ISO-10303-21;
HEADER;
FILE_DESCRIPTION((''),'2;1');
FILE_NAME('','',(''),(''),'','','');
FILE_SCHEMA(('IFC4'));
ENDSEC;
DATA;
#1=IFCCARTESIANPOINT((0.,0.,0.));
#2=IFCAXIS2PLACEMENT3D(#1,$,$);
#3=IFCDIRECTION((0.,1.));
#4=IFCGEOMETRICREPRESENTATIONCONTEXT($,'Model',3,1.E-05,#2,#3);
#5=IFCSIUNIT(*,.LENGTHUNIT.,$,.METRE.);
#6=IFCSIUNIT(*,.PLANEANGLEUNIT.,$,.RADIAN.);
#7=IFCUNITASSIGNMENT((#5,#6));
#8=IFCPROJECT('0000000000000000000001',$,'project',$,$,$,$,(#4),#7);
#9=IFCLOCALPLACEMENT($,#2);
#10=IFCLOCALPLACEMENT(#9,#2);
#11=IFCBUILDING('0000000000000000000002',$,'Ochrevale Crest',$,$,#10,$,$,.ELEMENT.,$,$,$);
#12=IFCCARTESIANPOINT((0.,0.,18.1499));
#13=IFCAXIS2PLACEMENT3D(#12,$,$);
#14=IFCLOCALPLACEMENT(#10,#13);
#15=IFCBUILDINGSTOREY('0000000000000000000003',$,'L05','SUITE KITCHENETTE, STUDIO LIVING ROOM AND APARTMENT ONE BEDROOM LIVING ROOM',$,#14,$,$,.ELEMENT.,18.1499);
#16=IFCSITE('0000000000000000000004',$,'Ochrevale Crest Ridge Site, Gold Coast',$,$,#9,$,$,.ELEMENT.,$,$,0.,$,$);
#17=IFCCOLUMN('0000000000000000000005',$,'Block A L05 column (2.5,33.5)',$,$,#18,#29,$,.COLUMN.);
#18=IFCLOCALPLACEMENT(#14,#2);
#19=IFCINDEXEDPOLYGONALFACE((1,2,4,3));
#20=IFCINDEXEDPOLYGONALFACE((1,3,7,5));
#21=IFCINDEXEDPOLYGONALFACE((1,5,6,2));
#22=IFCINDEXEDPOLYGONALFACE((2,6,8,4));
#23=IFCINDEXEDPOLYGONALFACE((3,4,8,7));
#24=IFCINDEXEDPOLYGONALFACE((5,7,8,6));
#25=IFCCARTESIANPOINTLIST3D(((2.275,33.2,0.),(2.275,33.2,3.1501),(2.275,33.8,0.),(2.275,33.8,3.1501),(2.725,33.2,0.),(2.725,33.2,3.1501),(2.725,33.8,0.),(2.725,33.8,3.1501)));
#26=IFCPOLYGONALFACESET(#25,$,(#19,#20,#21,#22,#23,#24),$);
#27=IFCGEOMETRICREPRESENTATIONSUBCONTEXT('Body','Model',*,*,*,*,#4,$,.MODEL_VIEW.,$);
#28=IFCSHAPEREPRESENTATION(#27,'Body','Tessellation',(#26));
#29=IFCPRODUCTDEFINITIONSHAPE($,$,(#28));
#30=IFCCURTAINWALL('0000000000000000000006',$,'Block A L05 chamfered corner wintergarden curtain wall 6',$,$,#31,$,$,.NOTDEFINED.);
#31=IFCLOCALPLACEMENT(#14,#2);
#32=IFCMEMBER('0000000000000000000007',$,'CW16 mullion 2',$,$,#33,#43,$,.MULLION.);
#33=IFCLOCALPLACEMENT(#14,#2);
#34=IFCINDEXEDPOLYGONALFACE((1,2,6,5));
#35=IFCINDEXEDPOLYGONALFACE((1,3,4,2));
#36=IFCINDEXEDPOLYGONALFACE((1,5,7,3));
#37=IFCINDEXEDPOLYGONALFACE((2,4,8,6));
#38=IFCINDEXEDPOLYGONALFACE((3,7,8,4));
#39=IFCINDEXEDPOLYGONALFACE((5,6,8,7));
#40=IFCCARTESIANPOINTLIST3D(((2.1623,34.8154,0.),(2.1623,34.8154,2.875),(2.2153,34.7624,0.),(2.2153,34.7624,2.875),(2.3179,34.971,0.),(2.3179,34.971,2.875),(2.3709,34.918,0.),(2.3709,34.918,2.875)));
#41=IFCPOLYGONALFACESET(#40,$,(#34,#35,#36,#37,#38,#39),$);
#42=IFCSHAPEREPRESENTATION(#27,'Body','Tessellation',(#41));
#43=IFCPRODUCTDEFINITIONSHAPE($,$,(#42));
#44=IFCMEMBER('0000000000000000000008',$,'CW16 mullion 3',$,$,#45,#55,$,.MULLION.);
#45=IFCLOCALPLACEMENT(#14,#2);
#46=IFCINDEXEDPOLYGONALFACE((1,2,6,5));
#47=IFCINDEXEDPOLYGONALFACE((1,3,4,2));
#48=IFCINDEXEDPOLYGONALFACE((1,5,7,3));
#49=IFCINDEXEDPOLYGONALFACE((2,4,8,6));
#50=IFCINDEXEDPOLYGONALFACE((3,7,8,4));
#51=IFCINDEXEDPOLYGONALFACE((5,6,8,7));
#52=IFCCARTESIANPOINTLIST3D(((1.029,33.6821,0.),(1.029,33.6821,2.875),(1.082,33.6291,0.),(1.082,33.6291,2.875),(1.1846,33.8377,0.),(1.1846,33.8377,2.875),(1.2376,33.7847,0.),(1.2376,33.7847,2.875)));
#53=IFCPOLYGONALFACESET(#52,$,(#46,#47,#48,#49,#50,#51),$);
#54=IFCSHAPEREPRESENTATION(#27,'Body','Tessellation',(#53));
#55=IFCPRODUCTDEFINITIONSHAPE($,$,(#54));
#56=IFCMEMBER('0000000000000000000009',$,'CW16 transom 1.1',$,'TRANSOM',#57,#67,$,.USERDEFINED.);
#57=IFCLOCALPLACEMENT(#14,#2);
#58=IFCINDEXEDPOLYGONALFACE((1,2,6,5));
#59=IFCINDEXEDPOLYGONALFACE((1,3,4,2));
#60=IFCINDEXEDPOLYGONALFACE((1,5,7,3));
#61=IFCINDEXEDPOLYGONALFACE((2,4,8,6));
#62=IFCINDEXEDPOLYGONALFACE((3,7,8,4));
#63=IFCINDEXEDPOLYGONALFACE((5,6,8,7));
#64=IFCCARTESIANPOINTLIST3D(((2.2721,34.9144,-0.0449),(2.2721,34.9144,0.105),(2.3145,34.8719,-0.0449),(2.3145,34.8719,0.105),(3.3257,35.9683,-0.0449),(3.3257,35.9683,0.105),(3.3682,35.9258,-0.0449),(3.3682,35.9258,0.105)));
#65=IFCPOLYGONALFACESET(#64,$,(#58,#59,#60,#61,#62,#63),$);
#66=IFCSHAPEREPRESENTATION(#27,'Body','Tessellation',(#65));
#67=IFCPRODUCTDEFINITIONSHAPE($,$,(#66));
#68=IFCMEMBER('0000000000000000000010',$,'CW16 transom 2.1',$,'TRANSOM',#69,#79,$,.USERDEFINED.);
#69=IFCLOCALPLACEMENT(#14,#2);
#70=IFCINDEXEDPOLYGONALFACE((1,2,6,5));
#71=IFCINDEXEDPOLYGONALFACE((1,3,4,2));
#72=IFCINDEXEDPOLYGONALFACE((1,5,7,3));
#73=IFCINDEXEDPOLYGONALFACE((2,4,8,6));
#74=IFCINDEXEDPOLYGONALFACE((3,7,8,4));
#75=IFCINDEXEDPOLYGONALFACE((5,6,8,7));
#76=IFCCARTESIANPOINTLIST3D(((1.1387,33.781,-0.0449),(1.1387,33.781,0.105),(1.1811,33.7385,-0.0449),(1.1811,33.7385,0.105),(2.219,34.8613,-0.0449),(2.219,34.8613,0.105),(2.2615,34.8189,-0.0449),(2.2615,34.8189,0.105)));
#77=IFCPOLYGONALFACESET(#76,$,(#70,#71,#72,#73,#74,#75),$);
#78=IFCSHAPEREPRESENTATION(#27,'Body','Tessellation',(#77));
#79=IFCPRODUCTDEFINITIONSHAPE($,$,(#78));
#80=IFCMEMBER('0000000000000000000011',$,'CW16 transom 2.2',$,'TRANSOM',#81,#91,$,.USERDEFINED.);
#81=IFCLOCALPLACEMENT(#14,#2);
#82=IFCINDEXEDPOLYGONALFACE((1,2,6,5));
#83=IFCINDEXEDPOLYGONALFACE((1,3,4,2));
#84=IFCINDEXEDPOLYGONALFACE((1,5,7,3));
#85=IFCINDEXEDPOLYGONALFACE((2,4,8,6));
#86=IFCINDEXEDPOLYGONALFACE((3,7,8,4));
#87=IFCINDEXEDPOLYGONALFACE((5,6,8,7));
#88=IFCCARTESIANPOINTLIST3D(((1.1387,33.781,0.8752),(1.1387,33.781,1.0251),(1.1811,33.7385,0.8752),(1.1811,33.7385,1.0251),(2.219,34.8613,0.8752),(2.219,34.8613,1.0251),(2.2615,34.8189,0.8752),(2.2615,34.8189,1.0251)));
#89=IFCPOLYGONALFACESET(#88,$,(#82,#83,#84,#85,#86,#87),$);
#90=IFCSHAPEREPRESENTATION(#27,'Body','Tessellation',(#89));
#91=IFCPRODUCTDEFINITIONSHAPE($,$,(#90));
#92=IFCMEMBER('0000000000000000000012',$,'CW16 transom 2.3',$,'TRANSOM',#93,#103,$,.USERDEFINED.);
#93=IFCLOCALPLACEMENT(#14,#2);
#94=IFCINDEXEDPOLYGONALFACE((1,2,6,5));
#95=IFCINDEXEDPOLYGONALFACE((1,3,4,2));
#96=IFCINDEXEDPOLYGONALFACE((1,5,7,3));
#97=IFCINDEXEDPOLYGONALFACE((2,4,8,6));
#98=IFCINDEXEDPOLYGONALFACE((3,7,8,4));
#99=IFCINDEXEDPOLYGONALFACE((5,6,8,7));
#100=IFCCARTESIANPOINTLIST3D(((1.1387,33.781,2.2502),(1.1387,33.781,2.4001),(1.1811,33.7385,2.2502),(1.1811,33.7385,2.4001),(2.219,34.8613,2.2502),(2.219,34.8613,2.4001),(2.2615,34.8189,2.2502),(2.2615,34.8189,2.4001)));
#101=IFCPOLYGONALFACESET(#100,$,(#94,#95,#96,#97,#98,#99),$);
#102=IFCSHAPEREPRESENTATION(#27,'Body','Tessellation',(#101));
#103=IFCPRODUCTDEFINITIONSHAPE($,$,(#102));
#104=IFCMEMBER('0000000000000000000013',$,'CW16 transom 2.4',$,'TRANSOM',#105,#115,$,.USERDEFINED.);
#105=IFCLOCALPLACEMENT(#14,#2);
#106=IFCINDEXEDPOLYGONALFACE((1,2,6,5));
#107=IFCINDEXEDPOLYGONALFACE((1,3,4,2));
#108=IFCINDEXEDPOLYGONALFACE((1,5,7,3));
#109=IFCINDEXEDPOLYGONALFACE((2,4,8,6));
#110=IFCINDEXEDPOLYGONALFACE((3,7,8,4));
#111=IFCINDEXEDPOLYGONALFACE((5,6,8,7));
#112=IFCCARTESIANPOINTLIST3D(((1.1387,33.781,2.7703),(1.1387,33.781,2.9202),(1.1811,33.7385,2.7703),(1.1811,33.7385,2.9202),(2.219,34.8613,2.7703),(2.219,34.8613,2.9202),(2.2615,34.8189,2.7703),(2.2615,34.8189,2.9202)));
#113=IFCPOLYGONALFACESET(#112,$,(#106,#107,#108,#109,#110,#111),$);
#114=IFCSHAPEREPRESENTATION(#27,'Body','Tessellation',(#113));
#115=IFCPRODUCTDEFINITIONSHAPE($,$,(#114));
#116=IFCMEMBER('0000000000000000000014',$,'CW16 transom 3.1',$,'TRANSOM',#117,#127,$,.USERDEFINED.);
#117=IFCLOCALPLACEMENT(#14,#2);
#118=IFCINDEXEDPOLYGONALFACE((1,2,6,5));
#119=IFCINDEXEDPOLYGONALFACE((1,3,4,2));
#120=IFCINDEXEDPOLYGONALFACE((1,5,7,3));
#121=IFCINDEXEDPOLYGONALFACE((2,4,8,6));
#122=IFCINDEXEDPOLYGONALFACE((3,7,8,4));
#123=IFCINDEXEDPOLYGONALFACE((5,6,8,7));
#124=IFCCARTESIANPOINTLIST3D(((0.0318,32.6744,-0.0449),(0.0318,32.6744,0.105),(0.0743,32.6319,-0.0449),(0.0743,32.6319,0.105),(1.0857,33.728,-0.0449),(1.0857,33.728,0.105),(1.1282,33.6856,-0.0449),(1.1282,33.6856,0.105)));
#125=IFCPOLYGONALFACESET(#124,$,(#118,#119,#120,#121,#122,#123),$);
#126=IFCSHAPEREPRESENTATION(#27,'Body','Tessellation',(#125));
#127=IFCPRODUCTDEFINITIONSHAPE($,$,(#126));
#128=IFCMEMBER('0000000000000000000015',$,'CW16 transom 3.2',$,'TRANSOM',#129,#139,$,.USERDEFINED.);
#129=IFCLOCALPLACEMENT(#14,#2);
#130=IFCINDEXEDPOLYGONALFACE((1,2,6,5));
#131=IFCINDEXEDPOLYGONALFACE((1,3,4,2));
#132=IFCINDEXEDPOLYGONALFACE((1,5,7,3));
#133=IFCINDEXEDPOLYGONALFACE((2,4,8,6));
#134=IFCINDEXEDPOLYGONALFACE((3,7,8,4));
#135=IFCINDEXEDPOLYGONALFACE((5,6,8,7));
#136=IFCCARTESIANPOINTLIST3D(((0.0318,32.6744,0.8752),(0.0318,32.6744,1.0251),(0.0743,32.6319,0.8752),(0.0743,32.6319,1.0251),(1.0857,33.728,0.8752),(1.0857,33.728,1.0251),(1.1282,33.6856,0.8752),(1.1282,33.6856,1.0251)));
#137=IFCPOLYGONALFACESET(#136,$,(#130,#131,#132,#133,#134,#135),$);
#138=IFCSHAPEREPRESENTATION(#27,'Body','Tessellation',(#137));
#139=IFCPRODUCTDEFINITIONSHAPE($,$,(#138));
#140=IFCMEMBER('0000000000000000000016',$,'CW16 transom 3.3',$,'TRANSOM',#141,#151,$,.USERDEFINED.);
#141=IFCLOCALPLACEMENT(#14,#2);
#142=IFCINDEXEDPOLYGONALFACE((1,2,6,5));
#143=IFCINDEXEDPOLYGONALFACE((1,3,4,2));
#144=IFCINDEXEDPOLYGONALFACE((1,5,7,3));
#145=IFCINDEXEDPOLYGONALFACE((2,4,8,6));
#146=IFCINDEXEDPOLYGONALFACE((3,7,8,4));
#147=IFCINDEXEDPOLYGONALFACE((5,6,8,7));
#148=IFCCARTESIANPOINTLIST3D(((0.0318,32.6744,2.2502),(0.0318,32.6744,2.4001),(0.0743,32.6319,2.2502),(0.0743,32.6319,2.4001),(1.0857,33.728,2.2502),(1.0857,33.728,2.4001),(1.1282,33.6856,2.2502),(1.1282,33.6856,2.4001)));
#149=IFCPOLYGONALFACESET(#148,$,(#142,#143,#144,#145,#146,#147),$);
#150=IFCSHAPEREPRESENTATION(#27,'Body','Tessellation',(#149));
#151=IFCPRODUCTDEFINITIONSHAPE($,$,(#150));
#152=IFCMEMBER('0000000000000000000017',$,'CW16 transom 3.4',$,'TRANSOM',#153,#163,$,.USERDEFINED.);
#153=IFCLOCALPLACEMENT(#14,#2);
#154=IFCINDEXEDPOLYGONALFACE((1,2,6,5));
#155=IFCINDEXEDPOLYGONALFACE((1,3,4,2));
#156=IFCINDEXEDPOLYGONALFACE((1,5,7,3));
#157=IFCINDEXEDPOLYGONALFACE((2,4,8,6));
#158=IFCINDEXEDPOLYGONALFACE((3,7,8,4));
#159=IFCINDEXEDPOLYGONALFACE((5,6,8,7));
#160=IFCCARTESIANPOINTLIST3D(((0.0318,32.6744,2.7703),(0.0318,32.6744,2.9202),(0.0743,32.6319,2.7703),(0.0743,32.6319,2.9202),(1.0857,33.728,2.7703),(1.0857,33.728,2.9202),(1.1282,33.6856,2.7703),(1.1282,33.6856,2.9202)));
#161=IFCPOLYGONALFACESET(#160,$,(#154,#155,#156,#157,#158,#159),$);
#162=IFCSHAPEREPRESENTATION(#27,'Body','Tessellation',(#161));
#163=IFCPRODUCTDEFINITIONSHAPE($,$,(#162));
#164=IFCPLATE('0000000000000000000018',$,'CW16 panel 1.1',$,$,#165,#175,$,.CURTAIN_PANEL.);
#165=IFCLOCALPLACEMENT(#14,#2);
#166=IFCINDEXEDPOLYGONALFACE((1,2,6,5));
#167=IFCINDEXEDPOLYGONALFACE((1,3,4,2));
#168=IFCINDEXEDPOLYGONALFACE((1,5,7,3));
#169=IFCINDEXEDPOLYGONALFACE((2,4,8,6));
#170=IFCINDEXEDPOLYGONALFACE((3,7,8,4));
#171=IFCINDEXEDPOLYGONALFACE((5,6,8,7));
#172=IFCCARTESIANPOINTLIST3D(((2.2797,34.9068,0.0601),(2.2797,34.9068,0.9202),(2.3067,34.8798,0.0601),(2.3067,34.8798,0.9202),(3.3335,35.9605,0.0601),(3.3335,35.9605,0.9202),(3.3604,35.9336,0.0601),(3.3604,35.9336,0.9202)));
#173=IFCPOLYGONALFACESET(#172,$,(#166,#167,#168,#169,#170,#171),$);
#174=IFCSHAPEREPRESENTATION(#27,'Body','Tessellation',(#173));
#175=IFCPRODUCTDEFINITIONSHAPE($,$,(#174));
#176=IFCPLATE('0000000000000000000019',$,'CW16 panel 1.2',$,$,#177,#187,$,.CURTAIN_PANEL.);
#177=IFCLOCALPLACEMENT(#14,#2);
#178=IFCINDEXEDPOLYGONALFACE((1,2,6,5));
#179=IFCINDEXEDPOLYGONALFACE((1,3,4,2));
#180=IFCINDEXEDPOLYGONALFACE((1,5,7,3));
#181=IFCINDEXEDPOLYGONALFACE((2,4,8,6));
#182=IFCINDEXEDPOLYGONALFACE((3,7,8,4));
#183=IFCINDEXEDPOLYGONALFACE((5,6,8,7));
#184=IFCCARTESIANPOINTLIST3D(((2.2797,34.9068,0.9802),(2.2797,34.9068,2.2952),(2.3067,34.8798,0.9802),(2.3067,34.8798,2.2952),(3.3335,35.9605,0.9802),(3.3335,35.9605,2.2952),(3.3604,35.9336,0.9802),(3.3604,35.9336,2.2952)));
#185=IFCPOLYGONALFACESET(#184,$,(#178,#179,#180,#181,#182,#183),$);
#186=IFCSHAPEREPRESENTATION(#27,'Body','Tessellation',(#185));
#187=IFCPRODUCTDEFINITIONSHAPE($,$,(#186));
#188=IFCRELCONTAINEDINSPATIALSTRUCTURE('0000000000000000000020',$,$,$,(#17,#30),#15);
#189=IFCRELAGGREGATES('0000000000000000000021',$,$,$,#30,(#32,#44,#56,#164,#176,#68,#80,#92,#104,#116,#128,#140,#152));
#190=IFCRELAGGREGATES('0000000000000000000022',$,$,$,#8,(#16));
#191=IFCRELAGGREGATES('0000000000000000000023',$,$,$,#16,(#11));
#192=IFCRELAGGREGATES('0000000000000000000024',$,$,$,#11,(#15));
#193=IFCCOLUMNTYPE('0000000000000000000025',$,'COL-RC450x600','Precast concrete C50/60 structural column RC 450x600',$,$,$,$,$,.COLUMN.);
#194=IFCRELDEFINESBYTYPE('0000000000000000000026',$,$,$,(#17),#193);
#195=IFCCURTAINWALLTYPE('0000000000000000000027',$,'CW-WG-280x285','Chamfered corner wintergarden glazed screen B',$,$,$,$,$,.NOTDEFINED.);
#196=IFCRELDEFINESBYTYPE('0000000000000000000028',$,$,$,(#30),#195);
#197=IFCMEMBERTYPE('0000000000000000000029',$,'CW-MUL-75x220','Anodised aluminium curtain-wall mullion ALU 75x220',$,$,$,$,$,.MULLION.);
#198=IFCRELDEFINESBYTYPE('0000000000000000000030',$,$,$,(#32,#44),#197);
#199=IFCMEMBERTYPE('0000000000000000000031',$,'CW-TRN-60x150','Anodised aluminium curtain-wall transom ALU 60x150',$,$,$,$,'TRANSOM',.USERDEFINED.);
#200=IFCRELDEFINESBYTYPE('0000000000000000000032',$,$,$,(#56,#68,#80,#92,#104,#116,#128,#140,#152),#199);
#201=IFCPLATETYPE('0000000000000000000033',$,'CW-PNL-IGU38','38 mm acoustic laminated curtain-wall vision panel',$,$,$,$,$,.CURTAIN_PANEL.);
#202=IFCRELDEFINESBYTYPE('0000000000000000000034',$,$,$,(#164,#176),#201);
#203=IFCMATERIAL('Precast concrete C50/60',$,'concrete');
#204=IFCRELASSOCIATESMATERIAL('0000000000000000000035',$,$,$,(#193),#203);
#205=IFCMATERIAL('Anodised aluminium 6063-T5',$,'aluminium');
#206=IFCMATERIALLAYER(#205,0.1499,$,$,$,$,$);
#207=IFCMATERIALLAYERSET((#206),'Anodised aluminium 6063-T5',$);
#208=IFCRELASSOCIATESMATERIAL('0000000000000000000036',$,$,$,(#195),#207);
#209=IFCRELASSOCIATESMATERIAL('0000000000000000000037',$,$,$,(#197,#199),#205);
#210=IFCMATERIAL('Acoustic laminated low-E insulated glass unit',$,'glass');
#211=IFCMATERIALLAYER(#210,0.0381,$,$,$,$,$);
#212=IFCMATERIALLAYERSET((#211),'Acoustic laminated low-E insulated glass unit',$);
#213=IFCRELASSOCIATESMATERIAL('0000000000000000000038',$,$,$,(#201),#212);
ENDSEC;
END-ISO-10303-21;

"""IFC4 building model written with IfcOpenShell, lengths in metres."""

from ifc_helpers import new_model, si_unit, direction, frame, origin, origin_2d, place, context, subcontext, project, spatial, rectangle, extrude, material, layer, layer_set, material_profile, profile_set, type_object, element, aggregate, save


model = new_model("IFC4")

# Units and contexts
model_context = context("Model", 3, precision=1e-05, world=origin(), true_north=direction((0.0, 1.0)))
body_context = subcontext(model_context, "Body", "Model", "MODEL_VIEW")
ifc_project = project(units=[si_unit("LENGTHUNIT", "METRE"), si_unit("PLANEANGLEUNIT", "RADIAN")], contexts=[model_context])

# Site, building, storey
site_placement = place(None, origin())
site = spatial("IfcSite", under=ifc_project, at=site_placement, Name="Ochrevale Crest Ridge Site, Gold Coast", CompositionType="ELEMENT", RefElevation=0.0)
building_placement = place(site_placement, origin())
building = spatial("IfcBuilding", under=site, at=building_placement, Name="Ochrevale Crest", CompositionType="ELEMENT")
storey_placement = place(building_placement, frame((0.0, 0.0, 18.1499)))
storey = spatial("IfcBuildingStorey", under=building, at=storey_placement, Name="L05", Description="SUITE KITCHENETTE, STUDIO LIVING ROOM AND APARTMENT ONE BEDROOM LIVING ROOM", CompositionType="ELEMENT", Elevation=18.1499)

# Column
ifc_material_1 = material(Name="Precast concrete C50/60", Category="concrete")
ifc_material_profile_1 = material_profile(ifc_material_1, rectangle(XDim=0.45, YDim=0.6001, at=origin_2d()), Name="RC 450x600")
ifc_profile_set_1 = profile_set([ifc_material_profile_1], Name="Precast concrete C50/60")
column_type = type_object("IfcColumnType", Name="COL-RC450x600", Description="Precast concrete C50/60 structural column RC 450x600", PredefinedType="COLUMN", material=ifc_profile_set_1)
column_placement = place(storey_placement, frame((2.5, 33.5, 0.0), z_axis=(0.0, 0.0, 1.0), x_axis=(1.0, 0.0, 0.0)))
element("IfcColumn", 1, at=column_placement, inside=storey, type_object=column_type, Name="Block A L05 column (2.5,33.5)", PredefinedType="COLUMN", context=body_context, shape_type="SweptSolid", body=[
    extrude(rectangle(XDim=0.45, YDim=0.6001, at=origin_2d()), origin(), (0.0, 0.0, 1.0), 3.1501),
])

# Curtain wall, members, plates
ifc_material_2 = material(Name="Anodised aluminium 6063-T5", Category="aluminium")
ifc_layer_1 = layer(ifc_material_2, 0.1499)
ifc_layer_set_1 = layer_set([ifc_layer_1], Name="Anodised aluminium 6063-T5")
curtain_wall_type = type_object("IfcCurtainWallType", Name="CW-WG-280x285", Description="Chamfered corner wintergarden glazed screen B", PredefinedType="NOTDEFINED", material=ifc_layer_set_1)
curtain_wall_placement = place(storey_placement, origin())
curtain_wall = element("IfcCurtainWall", 2, at=curtain_wall_placement, inside=storey, type_object=curtain_wall_type, Name="Block A L05 chamfered corner wintergarden curtain wall 6", PredefinedType="NOTDEFINED")
ifc_material_profile_2 = material_profile(ifc_material_2, rectangle(XDim=0.075, YDim=0.22, at=origin_2d()), Name="ALU 75x220")
ifc_profile_set_2 = profile_set([ifc_material_profile_2], Name="Anodised aluminium 6063-T5")
member_type_1 = type_object("IfcMemberType", Name="CW-MUL-75x220", Description="Anodised aluminium curtain-wall mullion ALU 75x220", PredefinedType="MULLION", material=ifc_profile_set_2)
member_1_placement = place(storey_placement, frame((2.2666, 34.8667, 0.0), z_axis=(0.0, 0.0, 1.0), x_axis=(0.707107, -0.707107, 0.0)))
member_1 = element("IfcMember", 3, at=member_1_placement, type_object=member_type_1, Name="CW16 mullion 2", PredefinedType="MULLION", context=body_context, shape_type="SweptSolid", body=[
    extrude(rectangle(XDim=0.075, YDim=0.22, at=origin_2d()), origin(), (0.0, 0.0, 1.0), 2.875),
])
member_2_placement = place(storey_placement, frame((1.1333, 33.7334, 0.0), z_axis=(0.0, 0.0, 1.0), x_axis=(0.707107, -0.707107, 0.0)))
member_2 = element("IfcMember", 4, at=member_2_placement, type_object=member_type_1, Name="CW16 mullion 3", PredefinedType="MULLION", context=body_context, shape_type="SweptSolid", body=[
    extrude(rectangle(XDim=0.075, YDim=0.22, at=origin_2d()), origin(), (0.0, 0.0, 1.0), 2.875),
])
ifc_material_profile_3 = material_profile(ifc_material_2, rectangle(XDim=0.0601, YDim=0.1499, at=origin_2d()), Name="ALU 60x150")
ifc_profile_set_3 = profile_set([ifc_material_profile_3], Name="Anodised aluminium 6063-T5")
member_type_2 = type_object("IfcMemberType", Name="CW-TRN-60x150", Description="Anodised aluminium curtain-wall transom ALU 60x150", ElementType="TRANSOM", PredefinedType="USERDEFINED", material=ifc_profile_set_3)
member_3_placement = place(storey_placement, frame((3.3469, 35.947, 0.03), z_axis=(-0.707025, -0.707189, 0.0), x_axis=(0.707189, -0.707025, 0.0)))
member_3 = element("IfcMember", 5, at=member_3_placement, type_object=member_type_2, Name="CW16 transom 1.1", ObjectType="TRANSOM", PredefinedType="USERDEFINED", context=body_context, shape_type="SweptSolid", body=[
    extrude(rectangle(XDim=0.0601, YDim=0.1499, at=origin_2d()), origin(), (0.0, 0.0, 1.0), 1.4902),
])
member_4_placement = place(storey_placement, frame((2.2402, 34.8401, 0.03), z_axis=(-0.707107, -0.707107, 0.0), x_axis=(0.707107, -0.707107, 0.0)))
member_4 = element("IfcMember", 6, at=member_4_placement, type_object=member_type_2, Name="CW16 transom 2.1", ObjectType="TRANSOM", PredefinedType="USERDEFINED", context=body_context, shape_type="SweptSolid", body=[
    extrude(rectangle(XDim=0.0601, YDim=0.1499, at=origin_2d()), origin(), (0.0, 0.0, 1.0), 1.5278),
])
member_5_placement = place(storey_placement, frame((2.2402, 34.8401, 0.9502), z_axis=(-0.707107, -0.707107, 0.0), x_axis=(0.707107, -0.707107, 0.0)))
member_5 = element("IfcMember", 7, at=member_5_placement, type_object=member_type_2, Name="CW16 transom 2.2", ObjectType="TRANSOM", PredefinedType="USERDEFINED", context=body_context, shape_type="SweptSolid", body=[
    extrude(rectangle(XDim=0.0601, YDim=0.1499, at=origin_2d()), origin(), (0.0, 0.0, 1.0), 1.5278),
])
member_6_placement = place(storey_placement, frame((2.2402, 34.8401, 2.3252), z_axis=(-0.707107, -0.707107, 0.0), x_axis=(0.707107, -0.707107, 0.0)))
member_6 = element("IfcMember", 8, at=member_6_placement, type_object=member_type_2, Name="CW16 transom 2.3", ObjectType="TRANSOM", PredefinedType="USERDEFINED", context=body_context, shape_type="SweptSolid", body=[
    extrude(rectangle(XDim=0.0601, YDim=0.1499, at=origin_2d()), origin(), (0.0, 0.0, 1.0), 1.5278),
])
member_7_placement = place(storey_placement, frame((2.2402, 34.8401, 2.8452), z_axis=(-0.707107, -0.707107, 0.0), x_axis=(0.707107, -0.707107, 0.0)))
member_7 = element("IfcMember", 9, at=member_7_placement, type_object=member_type_2, Name="CW16 transom 2.4", ObjectType="TRANSOM", PredefinedType="USERDEFINED", context=body_context, shape_type="SweptSolid", body=[
    extrude(rectangle(XDim=0.0601, YDim=0.1499, at=origin_2d()), origin(), (0.0, 0.0, 1.0), 1.5278),
])
member_8_placement = place(storey_placement, frame((1.1069, 33.7068, 0.03), z_axis=(-0.707189, -0.707025, 0.0), x_axis=(0.707025, -0.707189, 0.0)))
member_8 = element("IfcMember", 10, at=member_8_placement, type_object=member_type_2, Name="CW16 transom 3.1", ObjectType="TRANSOM", PredefinedType="USERDEFINED", context=body_context, shape_type="SweptSolid", body=[
    extrude(rectangle(XDim=0.0601, YDim=0.1499, at=origin_2d()), origin(), (0.0, 0.0, 1.0), 1.4902),
])
member_9_placement = place(storey_placement, frame((1.1069, 33.7068, 0.9502), z_axis=(-0.707189, -0.707025, 0.0), x_axis=(0.707025, -0.707189, 0.0)))
member_9 = element("IfcMember", 11, at=member_9_placement, type_object=member_type_2, Name="CW16 transom 3.2", ObjectType="TRANSOM", PredefinedType="USERDEFINED", context=body_context, shape_type="SweptSolid", body=[
    extrude(rectangle(XDim=0.0601, YDim=0.1499, at=origin_2d()), origin(), (0.0, 0.0, 1.0), 1.4902),
])
member_10_placement = place(storey_placement, frame((1.1069, 33.7068, 2.3252), z_axis=(-0.707189, -0.707025, 0.0), x_axis=(0.707025, -0.707189, 0.0)))
member_10 = element("IfcMember", 12, at=member_10_placement, type_object=member_type_2, Name="CW16 transom 3.3", ObjectType="TRANSOM", PredefinedType="USERDEFINED", context=body_context, shape_type="SweptSolid", body=[
    extrude(rectangle(XDim=0.0601, YDim=0.1499, at=origin_2d()), origin(), (0.0, 0.0, 1.0), 1.4902),
])
member_11_placement = place(storey_placement, frame((1.1069, 33.7068, 2.8452), z_axis=(-0.707189, -0.707025, 0.0), x_axis=(0.707025, -0.707189, 0.0)))
member_11 = element("IfcMember", 13, at=member_11_placement, type_object=member_type_2, Name="CW16 transom 3.4", ObjectType="TRANSOM", PredefinedType="USERDEFINED", context=body_context, shape_type="SweptSolid", body=[
    extrude(rectangle(XDim=0.0601, YDim=0.1499, at=origin_2d()), origin(), (0.0, 0.0, 1.0), 1.4902),
])
ifc_material_3 = material(Name="Acoustic laminated low-E insulated glass unit", Category="glass")
ifc_layer_2 = layer(ifc_material_3, 0.0381)
ifc_layer_set_2 = layer_set([ifc_layer_2], Name="Acoustic laminated low-E insulated glass unit")
plate_type = type_object("IfcPlateType", Name="CW-PNL-IGU38", Description="38 mm acoustic laminated curtain-wall vision panel", PredefinedType="CURTAIN_PANEL", material=ifc_layer_set_2)
plate_1_placement = place(storey_placement, frame((2.8201, 35.4202, 0.0601), z_axis=(0.0, 0.0, 1.0), x_axis=(-0.707107, -0.707107, 0.0)))
plate_1 = element("IfcPlate", 14, at=plate_1_placement, type_object=plate_type, Name="CW16 panel 1.1", PredefinedType="CURTAIN_PANEL", context=body_context, shape_type="SweptSolid", body=[
    extrude(rectangle(XDim=1.4902, YDim=0.0381, at=origin_2d()), origin(), (0.0, 0.0, 1.0), 0.8601),
])
plate_2_placement = place(storey_placement, frame((2.8201, 35.4202, 0.9802), z_axis=(0.0, 0.0, 1.0), x_axis=(-0.707107, -0.707107, 0.0)))
plate_2 = element("IfcPlate", 15, at=plate_2_placement, type_object=plate_type, Name="CW16 panel 1.2", PredefinedType="CURTAIN_PANEL", context=body_context, shape_type="SweptSolid", body=[
    extrude(rectangle(XDim=1.4902, YDim=0.0381, at=origin_2d()), origin(), (0.0, 0.0, 1.0), 1.3149),
])
aggregate(curtain_wall, [member_1, member_2, member_3, plate_1, plate_2, member_4, member_5, member_6, member_7, member_8, member_9, member_10, member_11])

save(model, "model.ifc")
